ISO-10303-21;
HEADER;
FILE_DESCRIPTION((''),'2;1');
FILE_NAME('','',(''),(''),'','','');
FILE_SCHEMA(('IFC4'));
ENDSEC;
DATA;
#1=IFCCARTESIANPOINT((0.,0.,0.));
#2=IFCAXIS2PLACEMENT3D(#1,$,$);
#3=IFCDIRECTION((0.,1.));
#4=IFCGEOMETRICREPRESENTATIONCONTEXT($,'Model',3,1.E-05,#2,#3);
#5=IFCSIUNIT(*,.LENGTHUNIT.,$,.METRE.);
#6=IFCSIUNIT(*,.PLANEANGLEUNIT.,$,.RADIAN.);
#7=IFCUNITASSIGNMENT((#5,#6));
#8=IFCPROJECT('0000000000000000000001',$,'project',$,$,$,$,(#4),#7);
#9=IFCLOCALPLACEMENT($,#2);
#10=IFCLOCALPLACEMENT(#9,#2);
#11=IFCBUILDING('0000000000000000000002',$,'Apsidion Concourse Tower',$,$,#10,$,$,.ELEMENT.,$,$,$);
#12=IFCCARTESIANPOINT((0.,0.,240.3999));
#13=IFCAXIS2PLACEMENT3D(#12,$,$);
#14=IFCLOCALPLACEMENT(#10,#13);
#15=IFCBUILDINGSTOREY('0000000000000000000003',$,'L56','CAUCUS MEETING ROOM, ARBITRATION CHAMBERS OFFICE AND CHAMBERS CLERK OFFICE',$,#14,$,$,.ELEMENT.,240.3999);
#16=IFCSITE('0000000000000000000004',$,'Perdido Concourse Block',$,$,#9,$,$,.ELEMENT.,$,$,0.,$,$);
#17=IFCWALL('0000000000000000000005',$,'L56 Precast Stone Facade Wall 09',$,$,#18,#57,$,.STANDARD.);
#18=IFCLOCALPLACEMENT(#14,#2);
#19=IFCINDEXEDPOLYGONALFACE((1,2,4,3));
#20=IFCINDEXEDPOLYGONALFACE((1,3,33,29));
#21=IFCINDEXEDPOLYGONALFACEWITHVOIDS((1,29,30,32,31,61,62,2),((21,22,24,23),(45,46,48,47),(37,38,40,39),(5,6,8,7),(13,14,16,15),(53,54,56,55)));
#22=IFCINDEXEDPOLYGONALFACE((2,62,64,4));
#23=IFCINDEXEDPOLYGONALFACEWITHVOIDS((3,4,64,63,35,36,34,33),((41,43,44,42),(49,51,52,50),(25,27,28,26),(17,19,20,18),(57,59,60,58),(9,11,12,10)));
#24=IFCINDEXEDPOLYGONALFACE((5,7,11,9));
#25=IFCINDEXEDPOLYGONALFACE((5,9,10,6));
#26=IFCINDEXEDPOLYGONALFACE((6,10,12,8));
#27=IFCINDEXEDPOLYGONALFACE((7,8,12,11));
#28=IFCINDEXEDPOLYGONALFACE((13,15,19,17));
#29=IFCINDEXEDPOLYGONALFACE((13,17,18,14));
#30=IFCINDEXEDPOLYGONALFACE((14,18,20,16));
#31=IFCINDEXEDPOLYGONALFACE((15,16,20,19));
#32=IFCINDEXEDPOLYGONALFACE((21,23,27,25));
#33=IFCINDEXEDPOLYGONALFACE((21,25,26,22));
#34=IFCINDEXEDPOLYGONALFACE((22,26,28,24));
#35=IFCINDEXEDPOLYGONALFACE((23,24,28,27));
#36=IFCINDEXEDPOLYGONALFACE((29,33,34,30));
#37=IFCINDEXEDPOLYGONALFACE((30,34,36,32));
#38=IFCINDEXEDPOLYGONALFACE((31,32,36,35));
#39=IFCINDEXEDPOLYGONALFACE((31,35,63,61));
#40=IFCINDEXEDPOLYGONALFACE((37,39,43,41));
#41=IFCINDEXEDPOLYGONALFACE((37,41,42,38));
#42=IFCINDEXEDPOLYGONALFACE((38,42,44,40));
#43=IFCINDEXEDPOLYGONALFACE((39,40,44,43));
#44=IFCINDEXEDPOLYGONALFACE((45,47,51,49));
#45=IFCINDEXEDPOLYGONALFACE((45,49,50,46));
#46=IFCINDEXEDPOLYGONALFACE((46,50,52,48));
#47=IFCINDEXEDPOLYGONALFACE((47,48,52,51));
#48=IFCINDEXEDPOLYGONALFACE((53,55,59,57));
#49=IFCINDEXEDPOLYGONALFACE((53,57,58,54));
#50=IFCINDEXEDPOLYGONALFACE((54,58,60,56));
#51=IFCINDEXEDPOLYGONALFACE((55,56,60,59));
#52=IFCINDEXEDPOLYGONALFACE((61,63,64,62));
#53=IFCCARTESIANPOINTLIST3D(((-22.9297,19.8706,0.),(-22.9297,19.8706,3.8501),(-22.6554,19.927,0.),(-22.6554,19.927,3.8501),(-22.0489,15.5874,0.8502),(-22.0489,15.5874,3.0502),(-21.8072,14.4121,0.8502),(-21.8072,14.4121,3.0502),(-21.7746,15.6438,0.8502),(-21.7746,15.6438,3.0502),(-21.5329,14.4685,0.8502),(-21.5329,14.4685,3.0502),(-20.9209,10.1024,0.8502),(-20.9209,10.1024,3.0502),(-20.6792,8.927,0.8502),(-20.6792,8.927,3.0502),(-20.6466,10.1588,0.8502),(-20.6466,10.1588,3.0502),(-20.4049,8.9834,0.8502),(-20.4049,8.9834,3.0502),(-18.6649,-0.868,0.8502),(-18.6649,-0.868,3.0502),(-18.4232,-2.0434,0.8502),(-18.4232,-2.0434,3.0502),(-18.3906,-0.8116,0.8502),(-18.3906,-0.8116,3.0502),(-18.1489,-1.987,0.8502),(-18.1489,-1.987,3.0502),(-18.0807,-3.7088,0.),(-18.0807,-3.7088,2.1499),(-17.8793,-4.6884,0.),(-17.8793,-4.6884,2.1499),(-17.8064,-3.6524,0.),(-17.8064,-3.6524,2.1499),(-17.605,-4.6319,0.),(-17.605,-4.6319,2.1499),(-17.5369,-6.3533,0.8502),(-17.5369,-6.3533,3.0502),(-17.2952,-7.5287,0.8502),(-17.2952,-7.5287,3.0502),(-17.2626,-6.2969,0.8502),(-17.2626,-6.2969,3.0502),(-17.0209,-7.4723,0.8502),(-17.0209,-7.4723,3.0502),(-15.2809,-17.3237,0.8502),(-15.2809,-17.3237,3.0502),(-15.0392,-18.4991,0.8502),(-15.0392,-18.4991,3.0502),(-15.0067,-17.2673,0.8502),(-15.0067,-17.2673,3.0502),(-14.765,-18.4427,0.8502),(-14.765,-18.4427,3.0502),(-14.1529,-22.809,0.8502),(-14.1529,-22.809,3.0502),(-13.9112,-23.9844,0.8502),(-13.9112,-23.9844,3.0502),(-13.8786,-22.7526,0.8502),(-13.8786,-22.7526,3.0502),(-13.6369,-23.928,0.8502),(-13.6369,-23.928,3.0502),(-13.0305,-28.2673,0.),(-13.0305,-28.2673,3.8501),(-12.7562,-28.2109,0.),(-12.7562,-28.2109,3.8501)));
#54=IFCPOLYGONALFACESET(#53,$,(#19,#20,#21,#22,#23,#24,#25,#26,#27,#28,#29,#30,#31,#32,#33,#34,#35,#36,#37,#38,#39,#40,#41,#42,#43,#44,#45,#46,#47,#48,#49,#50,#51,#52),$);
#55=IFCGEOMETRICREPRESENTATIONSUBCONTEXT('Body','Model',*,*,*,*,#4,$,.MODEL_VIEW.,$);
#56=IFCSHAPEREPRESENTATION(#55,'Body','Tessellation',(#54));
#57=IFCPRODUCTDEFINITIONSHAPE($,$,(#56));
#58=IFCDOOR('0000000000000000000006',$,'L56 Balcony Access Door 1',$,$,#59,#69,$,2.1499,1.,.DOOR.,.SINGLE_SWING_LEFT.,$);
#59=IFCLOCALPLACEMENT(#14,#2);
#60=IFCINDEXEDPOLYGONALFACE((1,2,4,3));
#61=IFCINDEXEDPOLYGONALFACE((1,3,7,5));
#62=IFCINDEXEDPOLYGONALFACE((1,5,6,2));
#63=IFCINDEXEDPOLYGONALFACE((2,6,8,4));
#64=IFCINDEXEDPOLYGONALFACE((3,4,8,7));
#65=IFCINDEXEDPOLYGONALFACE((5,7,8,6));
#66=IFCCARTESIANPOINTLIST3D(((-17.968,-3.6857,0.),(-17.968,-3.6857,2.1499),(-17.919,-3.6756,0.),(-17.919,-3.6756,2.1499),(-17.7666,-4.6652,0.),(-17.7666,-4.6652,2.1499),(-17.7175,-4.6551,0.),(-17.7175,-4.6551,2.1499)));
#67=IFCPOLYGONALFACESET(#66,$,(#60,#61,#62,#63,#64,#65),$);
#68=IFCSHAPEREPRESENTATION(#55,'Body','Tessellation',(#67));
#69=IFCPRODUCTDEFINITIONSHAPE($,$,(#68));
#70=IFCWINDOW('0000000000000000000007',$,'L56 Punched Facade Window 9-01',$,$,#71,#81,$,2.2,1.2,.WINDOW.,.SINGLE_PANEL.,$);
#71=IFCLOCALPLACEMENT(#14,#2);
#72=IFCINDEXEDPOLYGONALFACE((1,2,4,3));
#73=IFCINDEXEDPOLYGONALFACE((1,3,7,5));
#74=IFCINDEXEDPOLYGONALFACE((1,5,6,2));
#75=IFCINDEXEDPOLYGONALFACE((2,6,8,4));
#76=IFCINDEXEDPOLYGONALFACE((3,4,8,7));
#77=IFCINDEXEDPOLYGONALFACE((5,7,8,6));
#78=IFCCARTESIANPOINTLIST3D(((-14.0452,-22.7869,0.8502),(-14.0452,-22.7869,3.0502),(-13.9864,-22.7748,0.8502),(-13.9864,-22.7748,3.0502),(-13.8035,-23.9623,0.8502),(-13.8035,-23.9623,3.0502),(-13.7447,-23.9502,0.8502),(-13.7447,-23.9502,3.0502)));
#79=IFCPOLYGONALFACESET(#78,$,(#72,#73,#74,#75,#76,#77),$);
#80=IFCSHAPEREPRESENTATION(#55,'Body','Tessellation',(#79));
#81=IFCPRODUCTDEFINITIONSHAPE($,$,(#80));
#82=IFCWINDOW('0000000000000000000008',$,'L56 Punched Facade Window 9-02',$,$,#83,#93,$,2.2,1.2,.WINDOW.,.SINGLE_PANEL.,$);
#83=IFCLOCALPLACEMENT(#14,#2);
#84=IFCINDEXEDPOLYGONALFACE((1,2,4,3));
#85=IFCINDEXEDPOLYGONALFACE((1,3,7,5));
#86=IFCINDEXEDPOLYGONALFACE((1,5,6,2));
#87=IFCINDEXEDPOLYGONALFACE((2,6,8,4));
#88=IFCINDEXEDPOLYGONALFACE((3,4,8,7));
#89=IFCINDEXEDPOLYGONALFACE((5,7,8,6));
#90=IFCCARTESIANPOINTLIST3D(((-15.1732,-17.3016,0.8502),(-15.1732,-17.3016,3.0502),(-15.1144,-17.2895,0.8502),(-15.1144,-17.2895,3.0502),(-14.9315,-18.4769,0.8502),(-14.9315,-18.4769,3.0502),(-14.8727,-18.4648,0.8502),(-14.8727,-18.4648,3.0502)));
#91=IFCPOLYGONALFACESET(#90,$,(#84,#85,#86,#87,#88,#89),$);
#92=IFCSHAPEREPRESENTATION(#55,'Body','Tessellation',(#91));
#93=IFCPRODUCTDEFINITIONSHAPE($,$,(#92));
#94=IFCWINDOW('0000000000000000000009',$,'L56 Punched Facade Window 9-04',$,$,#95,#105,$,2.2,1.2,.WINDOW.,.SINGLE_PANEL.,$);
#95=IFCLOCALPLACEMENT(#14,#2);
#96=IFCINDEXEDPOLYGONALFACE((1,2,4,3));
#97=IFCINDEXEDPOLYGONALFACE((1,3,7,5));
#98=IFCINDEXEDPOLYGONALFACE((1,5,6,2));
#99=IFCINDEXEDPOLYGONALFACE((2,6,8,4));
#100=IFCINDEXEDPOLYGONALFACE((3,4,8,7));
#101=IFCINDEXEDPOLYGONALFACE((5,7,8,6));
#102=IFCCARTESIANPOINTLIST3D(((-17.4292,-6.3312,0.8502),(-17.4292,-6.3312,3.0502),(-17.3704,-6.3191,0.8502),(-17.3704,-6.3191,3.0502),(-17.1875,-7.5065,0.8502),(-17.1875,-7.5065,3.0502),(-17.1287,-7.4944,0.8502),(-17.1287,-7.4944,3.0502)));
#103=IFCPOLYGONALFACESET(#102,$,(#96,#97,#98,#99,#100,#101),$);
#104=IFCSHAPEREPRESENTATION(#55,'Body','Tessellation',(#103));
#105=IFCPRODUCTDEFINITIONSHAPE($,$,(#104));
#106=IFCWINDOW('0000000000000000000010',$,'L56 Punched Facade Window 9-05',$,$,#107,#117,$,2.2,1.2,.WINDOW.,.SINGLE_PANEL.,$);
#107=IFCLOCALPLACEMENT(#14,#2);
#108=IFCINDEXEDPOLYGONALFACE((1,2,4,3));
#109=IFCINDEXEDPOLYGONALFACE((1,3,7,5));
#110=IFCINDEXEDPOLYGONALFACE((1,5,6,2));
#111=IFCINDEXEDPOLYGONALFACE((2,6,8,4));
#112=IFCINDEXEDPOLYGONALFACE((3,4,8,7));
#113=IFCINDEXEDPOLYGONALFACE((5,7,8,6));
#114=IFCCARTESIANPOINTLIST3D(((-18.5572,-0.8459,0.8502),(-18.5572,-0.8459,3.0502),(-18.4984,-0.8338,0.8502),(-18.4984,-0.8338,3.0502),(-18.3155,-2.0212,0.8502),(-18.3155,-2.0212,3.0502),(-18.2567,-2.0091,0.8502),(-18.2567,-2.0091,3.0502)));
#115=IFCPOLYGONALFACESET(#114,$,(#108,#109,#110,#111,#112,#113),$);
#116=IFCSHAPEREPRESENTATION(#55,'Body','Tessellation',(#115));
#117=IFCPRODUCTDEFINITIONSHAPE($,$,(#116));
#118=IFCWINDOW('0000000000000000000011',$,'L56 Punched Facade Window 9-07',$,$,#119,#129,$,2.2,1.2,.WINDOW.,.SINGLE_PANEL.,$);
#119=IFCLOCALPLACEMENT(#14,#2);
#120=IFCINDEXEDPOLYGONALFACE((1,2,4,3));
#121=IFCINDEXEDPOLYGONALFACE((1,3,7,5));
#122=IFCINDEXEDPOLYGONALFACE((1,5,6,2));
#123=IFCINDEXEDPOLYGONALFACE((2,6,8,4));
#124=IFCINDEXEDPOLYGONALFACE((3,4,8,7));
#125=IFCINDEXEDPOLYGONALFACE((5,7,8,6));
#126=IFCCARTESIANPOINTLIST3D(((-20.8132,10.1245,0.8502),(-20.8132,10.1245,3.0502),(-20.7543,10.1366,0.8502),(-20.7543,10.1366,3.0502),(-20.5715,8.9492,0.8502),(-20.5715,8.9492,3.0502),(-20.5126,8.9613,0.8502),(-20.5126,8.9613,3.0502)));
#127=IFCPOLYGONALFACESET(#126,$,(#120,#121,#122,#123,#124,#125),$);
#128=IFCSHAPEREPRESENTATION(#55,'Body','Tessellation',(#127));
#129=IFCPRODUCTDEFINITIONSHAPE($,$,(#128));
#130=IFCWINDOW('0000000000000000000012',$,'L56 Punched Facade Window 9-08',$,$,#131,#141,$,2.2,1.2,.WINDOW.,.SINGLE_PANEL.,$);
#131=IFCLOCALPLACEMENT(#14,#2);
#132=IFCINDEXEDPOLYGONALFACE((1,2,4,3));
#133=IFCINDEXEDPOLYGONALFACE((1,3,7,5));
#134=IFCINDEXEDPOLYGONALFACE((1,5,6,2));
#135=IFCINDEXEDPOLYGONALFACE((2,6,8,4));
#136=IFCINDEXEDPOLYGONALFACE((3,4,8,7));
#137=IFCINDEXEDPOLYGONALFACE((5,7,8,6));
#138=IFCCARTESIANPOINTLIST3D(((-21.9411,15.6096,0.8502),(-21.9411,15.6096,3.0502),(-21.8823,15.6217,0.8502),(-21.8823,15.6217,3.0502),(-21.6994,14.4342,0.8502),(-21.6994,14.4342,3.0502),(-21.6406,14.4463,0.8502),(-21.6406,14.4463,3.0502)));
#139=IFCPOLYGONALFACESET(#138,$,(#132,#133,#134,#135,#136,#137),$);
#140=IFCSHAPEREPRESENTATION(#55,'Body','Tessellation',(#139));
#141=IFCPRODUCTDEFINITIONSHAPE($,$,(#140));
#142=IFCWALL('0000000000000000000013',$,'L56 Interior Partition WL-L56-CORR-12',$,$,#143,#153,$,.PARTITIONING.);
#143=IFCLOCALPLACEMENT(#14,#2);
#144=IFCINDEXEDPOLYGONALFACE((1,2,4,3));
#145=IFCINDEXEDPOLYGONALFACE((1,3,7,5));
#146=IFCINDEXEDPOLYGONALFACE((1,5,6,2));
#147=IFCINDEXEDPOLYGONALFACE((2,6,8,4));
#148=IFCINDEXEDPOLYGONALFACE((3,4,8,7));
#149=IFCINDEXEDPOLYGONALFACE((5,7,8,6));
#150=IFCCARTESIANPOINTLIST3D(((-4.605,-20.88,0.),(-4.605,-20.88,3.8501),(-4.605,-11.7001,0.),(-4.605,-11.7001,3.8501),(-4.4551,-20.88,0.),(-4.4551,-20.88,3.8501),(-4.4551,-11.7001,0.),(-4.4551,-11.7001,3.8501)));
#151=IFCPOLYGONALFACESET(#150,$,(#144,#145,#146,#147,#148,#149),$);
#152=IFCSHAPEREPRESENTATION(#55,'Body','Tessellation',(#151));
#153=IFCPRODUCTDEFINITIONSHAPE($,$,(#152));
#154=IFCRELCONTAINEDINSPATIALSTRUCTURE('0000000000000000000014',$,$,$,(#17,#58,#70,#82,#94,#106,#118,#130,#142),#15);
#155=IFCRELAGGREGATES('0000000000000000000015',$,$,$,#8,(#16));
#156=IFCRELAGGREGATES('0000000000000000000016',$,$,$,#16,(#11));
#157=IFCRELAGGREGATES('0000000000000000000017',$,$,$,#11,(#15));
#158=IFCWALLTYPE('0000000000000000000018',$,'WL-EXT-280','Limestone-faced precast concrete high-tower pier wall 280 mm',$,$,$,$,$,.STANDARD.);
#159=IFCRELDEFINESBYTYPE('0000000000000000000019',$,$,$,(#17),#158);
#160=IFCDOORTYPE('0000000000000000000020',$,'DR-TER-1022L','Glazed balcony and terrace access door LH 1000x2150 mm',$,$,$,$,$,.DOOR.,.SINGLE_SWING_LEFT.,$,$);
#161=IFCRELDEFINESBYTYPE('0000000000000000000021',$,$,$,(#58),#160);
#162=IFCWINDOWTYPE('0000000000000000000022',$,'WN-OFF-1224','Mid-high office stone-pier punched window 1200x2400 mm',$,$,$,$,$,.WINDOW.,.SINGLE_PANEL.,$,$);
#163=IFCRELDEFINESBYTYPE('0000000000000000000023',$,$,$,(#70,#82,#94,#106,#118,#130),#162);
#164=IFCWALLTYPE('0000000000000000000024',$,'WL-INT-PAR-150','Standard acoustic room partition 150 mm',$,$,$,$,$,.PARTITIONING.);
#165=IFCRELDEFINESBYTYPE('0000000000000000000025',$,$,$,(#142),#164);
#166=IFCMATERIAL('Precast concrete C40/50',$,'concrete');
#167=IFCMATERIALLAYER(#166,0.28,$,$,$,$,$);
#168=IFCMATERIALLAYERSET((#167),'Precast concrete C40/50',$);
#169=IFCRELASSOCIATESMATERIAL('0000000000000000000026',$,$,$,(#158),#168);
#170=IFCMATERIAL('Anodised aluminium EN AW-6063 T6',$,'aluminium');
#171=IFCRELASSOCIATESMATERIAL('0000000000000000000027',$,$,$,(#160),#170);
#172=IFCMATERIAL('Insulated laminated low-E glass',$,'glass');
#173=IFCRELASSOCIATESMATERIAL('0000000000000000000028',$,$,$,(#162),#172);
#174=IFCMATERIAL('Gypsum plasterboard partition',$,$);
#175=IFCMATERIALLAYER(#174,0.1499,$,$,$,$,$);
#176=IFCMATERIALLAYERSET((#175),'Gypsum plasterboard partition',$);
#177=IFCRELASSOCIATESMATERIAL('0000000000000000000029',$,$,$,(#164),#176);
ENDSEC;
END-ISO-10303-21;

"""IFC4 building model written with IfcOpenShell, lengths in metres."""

from ifc_helpers import new_model, si_unit, direction, frame, frame_2d, origin, place, context, subcontext, project, spatial, rectangle, extrude, material, layer, layer_set, type_object, element, fill, save


model = new_model("IFC4")

# Units and contexts
model_context = context("Model", 3, precision=1e-05, world=origin(), true_north=direction((0.0, 1.0)))
body_context = subcontext(model_context, "Body", "Model", "MODEL_VIEW")
ifc_project = project(units=[si_unit("LENGTHUNIT", "METRE"), si_unit("PLANEANGLEUNIT", "RADIAN")], contexts=[model_context])

# Site, building, storey
site_placement = place(None, origin())
site = spatial("IfcSite", under=ifc_project, at=site_placement, Name="Perdido Concourse Block", CompositionType="ELEMENT", RefElevation=0.0)
building_placement = place(site_placement, origin())
building = spatial("IfcBuilding", under=site, at=building_placement, Name="Apsidion Concourse Tower", CompositionType="ELEMENT")
storey_placement = place(building_placement, frame((0.0, 0.0, 240.3999)))
storey = spatial("IfcBuildingStorey", under=building, at=storey_placement, Name="L56", Description="CAUCUS MEETING ROOM, ARBITRATION CHAMBERS OFFICE AND CHAMBERS CLERK OFFICE", CompositionType="ELEMENT", Elevation=240.3999)

# Shared definitions
ifc_material_1 = material(Name="Precast concrete C40/50", Category="concrete")
ifc_layer_1 = layer(ifc_material_1, 0.28)
ifc_layer_set_1 = layer_set([ifc_layer_1], Name="Precast concrete C40/50")
wall_type_1 = type_object("IfcWallType", Name="WL-EXT-280", Description="Limestone-faced precast concrete high-tower pier wall 280 mm", PredefinedType="STANDARD", material=ifc_layer_set_1)

# Wall, openings, door, windows
wall_1_placement = place(storey_placement, frame((-12.8933, -28.2393, 0.0), z_axis=(0.0, 0.0, 1.0), x_axis=(-0.201427, 0.979504, 0.0)))
wall_1 = element("IfcWall", 1, at=wall_1_placement, inside=storey, type_object=wall_type_1, Name="L56 Precast Stone Facade Wall 09", PredefinedType="STANDARD", context=body_context, shape_type="SweptSolid", body=[
    extrude(rectangle(XDim=49.1453, YDim=0.28, at=frame_2d((24.5728, 0.0))), origin(), (0.0, 0.0, 1.0), 3.8501),
])
opening_1_placement = place(wall_1_placement, frame((24.0725, 0.0, 0.0)))
opening_1 = element("IfcOpeningElement", 2, at=opening_1_placement, cuts=wall_1, PredefinedType="OPENING", context=body_context, shape_type="SweptSolid", body=[
    extrude(rectangle(XDim=1.0, YDim=2.1499, at=frame_2d((0.5, 1.075))), frame((0.0, 0.1499, 0.0), z_axis=(0.0, -1.0, 0.0), x_axis=(1.0, 0.0, 0.0)), (0.0, 0.0, 1.0), 0.3),
])
opening_2_placement = place(wall_1_placement, frame((4.3726, 0.0, 0.8501)))
opening_2 = element("IfcOpeningElement", 3, at=opening_2_placement, cuts=wall_1, PredefinedType="OPENING", context=body_context, shape_type="SweptSolid", body=[
    extrude(rectangle(XDim=1.2, YDim=2.2, at=frame_2d((0.6001, 1.1001))), frame((0.0, 0.1499, 0.0), z_axis=(0.0, -1.0, 0.0), x_axis=(1.0, 0.0, 0.0)), (0.0, 0.0, 1.0), 0.3),
])
opening_3_placement = place(wall_1_placement, frame((9.9727, 0.0, 0.8501)))
opening_3 = element("IfcOpeningElement", 4, at=opening_3_placement, cuts=wall_1, PredefinedType="OPENING", context=body_context, shape_type="SweptSolid", body=[
    extrude(rectangle(XDim=1.2, YDim=2.2, at=frame_2d((0.6001, 1.1001))), frame((0.0, 0.1499, 0.0), z_axis=(0.0, -1.0, 0.0), x_axis=(1.0, 0.0, 0.0)), (0.0, 0.0, 1.0), 0.3),
])
opening_4_placement = place(wall_1_placement, frame((21.1726, 0.0, 0.8501)))
opening_4 = element("IfcOpeningElement", 5, at=opening_4_placement, cuts=wall_1, PredefinedType="OPENING", context=body_context, shape_type="SweptSolid", body=[
    extrude(rectangle(XDim=1.2, YDim=2.2, at=frame_2d((0.6001, 1.1001))), frame((0.0, 0.1499, 0.0), z_axis=(0.0, -1.0, 0.0), x_axis=(1.0, 0.0, 0.0)), (0.0, 0.0, 1.0), 0.3),
])
opening_5_placement = place(wall_1_placement, frame((26.7727, 0.0, 0.8501)))
opening_5 = element("IfcOpeningElement", 6, at=opening_5_placement, cuts=wall_1, PredefinedType="OPENING", context=body_context, shape_type="SweptSolid", body=[
    extrude(rectangle(XDim=1.2, YDim=2.2, at=frame_2d((0.6001, 1.1001))), frame((0.0, 0.1499, 0.0), z_axis=(0.0, -1.0, 0.0), x_axis=(1.0, 0.0, 0.0)), (0.0, 0.0, 1.0), 0.3),
])
opening_6_placement = place(wall_1_placement, frame((37.9727, 0.0, 0.8501)))
opening_6 = element("IfcOpeningElement", 7, at=opening_6_placement, cuts=wall_1, PredefinedType="OPENING", context=body_context, shape_type="SweptSolid", body=[
    extrude(rectangle(XDim=1.2, YDim=2.2, at=frame_2d((0.6001, 1.1001))), frame((0.0, 0.1499, 0.0), z_axis=(0.0, -1.0, 0.0), x_axis=(1.0, 0.0, 0.0)), (0.0, 0.0, 1.0), 0.3),
])
opening_7_placement = place(wall_1_placement, frame((43.5725, 0.0, 0.8501)))
opening_7 = element("IfcOpeningElement", 8, at=opening_7_placement, cuts=wall_1, PredefinedType="OPENING", context=body_context, shape_type="SweptSolid", body=[
    extrude(rectangle(XDim=1.2, YDim=2.2, at=frame_2d((0.6001, 1.1001))), frame((0.0, 0.1499, 0.0), z_axis=(0.0, -1.0, 0.0), x_axis=(1.0, 0.0, 0.0)), (0.0, 0.0, 1.0), 0.3),
])
ifc_material_2 = material(Name="Anodised aluminium EN AW-6063 T6", Category="aluminium")
door_type = type_object("IfcDoorType", Name="DR-TER-1022L", Description="Glazed balcony and terrace access door LH 1000x2150 mm", OperationType="SINGLE_SWING_LEFT", PredefinedType="DOOR", material=ifc_material_2)
door_placement = place(opening_1_placement, origin())
door = element("IfcDoor", 9, at=door_placement, inside=storey, type_object=door_type, Name="L56 Balcony Access Door 1", OperationType="SINGLE_SWING_LEFT", OverallHeight=2.1499, OverallWidth=1.0, PredefinedType="DOOR", context=body_context, shape_type="SweptSolid", body=[
    extrude(rectangle(XDim=1.0, YDim=2.1499, at=frame_2d((0.5, 1.075))), frame((0.0, 0.0249, 0.0), z_axis=(0.0, -1.0, 0.0), x_axis=(1.0, 0.0, 0.0)), (0.0, 0.0, 1.0), 0.05),
])
fill(opening_1, door)
ifc_material_3 = material(Name="Insulated laminated low-E glass", Category="glass")
window_type = type_object("IfcWindowType", Name="WN-OFF-1224", Description="Mid-high office stone-pier punched window 1200x2400 mm", PartitioningType="SINGLE_PANEL", PredefinedType="WINDOW", material=ifc_material_3)
window_1_placement = place(opening_2_placement, origin())
window_1 = element("IfcWindow", 10, at=window_1_placement, inside=storey, type_object=window_type, Name="L56 Punched Facade Window 9-01", OverallHeight=2.2, OverallWidth=1.2, PartitioningType="SINGLE_PANEL", PredefinedType="WINDOW", context=body_context, shape_type="SweptSolid", body=[
    extrude(rectangle(XDim=1.2, YDim=2.2, at=frame_2d((0.6001, 1.1001))), frame((0.0, 0.03, 0.0), z_axis=(0.0, -1.0, 0.0), x_axis=(1.0, 0.0, 0.0)), (0.0, 0.0, 1.0), 0.0601),
])
fill(opening_2, window_1)
window_2_placement = place(opening_3_placement, origin())
window_2 = element("IfcWindow", 11, at=window_2_placement, inside=storey, type_object=window_type, Name="L56 Punched Facade Window 9-02", OverallHeight=2.2, OverallWidth=1.2, PartitioningType="SINGLE_PANEL", PredefinedType="WINDOW", context=body_context, shape_type="SweptSolid", body=[
    extrude(rectangle(XDim=1.2, YDim=2.2, at=frame_2d((0.6001, 1.1001))), frame((0.0, 0.03, 0.0), z_axis=(0.0, -1.0, 0.0), x_axis=(1.0, 0.0, 0.0)), (0.0, 0.0, 1.0), 0.0601),
])
fill(opening_3, window_2)
window_3_placement = place(opening_4_placement, origin())
window_3 = element("IfcWindow", 12, at=window_3_placement, inside=storey, type_object=window_type, Name="L56 Punched Facade Window 9-04", OverallHeight=2.2, OverallWidth=1.2, PartitioningType="SINGLE_PANEL", PredefinedType="WINDOW", context=body_context, shape_type="SweptSolid", body=[
    extrude(rectangle(XDim=1.2, YDim=2.2, at=frame_2d((0.6001, 1.1001))), frame((0.0, 0.03, 0.0), z_axis=(0.0, -1.0, 0.0), x_axis=(1.0, 0.0, 0.0)), (0.0, 0.0, 1.0), 0.0601),
])
fill(opening_4, window_3)
window_4_placement = place(opening_5_placement, origin())
window_4 = element("IfcWindow", 13, at=window_4_placement, inside=storey, type_object=window_type, Name="L56 Punched Facade Window 9-05", OverallHeight=2.2, OverallWidth=1.2, PartitioningType="SINGLE_PANEL", PredefinedType="WINDOW", context=body_context, shape_type="SweptSolid", body=[
    extrude(rectangle(XDim=1.2, YDim=2.2, at=frame_2d((0.6001, 1.1001))), frame((0.0, 0.03, 0.0), z_axis=(0.0, -1.0, 0.0), x_axis=(1.0, 0.0, 0.0)), (0.0, 0.0, 1.0), 0.0601),
])
fill(opening_5, window_4)
window_5_placement = place(opening_6_placement, origin())
window_5 = element("IfcWindow", 14, at=window_5_placement, inside=storey, type_object=window_type, Name="L56 Punched Facade Window 9-07", OverallHeight=2.2, OverallWidth=1.2, PartitioningType="SINGLE_PANEL", PredefinedType="WINDOW", context=body_context, shape_type="SweptSolid", body=[
    extrude(rectangle(XDim=1.2, YDim=2.2, at=frame_2d((0.6001, 1.1001))), frame((0.0, 0.03, 0.0), z_axis=(0.0, -1.0, 0.0), x_axis=(1.0, 0.0, 0.0)), (0.0, 0.0, 1.0), 0.0601),
])
fill(opening_6, window_5)
window_6_placement = place(opening_7_placement, origin())
window_6 = element("IfcWindow", 15, at=window_6_placement, inside=storey, type_object=window_type, Name="L56 Punched Facade Window 9-08", OverallHeight=2.2, OverallWidth=1.2, PartitioningType="SINGLE_PANEL", PredefinedType="WINDOW", context=body_context, shape_type="SweptSolid", body=[
    extrude(rectangle(XDim=1.2, YDim=2.2, at=frame_2d((0.6001, 1.1001))), frame((0.0, 0.03, 0.0), z_axis=(0.0, -1.0, 0.0), x_axis=(1.0, 0.0, 0.0)), (0.0, 0.0, 1.0), 0.0601),
])
fill(opening_7, window_6)

# Wall
ifc_material_4 = material(Name="Gypsum plasterboard partition")
ifc_layer_2 = layer(ifc_material_4, 0.1499)
ifc_layer_set_2 = layer_set([ifc_layer_2], Name="Gypsum plasterboard partition")
wall_type_2 = type_object("IfcWallType", Name="WL-INT-PAR-150", Description="Standard acoustic room partition 150 mm", PredefinedType="PARTITIONING", material=ifc_layer_set_2)
wall_2_placement = place(storey_placement, frame((-4.53, -20.8799, 0.0), z_axis=(0.0, 0.0, 1.0), x_axis=(0.0, 1.0, 0.0)))
element("IfcWall", 16, at=wall_2_placement, inside=storey, type_object=wall_type_2, Name="L56 Interior Partition WL-L56-CORR-12", PredefinedType="PARTITIONING", context=body_context, shape_type="SweptSolid", body=[
    extrude(rectangle(XDim=9.1799, YDim=0.1499, at=frame_2d((4.5898, 0.0))), origin(), (0.0, 0.0, 1.0), 3.8501),
])

save(model, "model.ifc")
